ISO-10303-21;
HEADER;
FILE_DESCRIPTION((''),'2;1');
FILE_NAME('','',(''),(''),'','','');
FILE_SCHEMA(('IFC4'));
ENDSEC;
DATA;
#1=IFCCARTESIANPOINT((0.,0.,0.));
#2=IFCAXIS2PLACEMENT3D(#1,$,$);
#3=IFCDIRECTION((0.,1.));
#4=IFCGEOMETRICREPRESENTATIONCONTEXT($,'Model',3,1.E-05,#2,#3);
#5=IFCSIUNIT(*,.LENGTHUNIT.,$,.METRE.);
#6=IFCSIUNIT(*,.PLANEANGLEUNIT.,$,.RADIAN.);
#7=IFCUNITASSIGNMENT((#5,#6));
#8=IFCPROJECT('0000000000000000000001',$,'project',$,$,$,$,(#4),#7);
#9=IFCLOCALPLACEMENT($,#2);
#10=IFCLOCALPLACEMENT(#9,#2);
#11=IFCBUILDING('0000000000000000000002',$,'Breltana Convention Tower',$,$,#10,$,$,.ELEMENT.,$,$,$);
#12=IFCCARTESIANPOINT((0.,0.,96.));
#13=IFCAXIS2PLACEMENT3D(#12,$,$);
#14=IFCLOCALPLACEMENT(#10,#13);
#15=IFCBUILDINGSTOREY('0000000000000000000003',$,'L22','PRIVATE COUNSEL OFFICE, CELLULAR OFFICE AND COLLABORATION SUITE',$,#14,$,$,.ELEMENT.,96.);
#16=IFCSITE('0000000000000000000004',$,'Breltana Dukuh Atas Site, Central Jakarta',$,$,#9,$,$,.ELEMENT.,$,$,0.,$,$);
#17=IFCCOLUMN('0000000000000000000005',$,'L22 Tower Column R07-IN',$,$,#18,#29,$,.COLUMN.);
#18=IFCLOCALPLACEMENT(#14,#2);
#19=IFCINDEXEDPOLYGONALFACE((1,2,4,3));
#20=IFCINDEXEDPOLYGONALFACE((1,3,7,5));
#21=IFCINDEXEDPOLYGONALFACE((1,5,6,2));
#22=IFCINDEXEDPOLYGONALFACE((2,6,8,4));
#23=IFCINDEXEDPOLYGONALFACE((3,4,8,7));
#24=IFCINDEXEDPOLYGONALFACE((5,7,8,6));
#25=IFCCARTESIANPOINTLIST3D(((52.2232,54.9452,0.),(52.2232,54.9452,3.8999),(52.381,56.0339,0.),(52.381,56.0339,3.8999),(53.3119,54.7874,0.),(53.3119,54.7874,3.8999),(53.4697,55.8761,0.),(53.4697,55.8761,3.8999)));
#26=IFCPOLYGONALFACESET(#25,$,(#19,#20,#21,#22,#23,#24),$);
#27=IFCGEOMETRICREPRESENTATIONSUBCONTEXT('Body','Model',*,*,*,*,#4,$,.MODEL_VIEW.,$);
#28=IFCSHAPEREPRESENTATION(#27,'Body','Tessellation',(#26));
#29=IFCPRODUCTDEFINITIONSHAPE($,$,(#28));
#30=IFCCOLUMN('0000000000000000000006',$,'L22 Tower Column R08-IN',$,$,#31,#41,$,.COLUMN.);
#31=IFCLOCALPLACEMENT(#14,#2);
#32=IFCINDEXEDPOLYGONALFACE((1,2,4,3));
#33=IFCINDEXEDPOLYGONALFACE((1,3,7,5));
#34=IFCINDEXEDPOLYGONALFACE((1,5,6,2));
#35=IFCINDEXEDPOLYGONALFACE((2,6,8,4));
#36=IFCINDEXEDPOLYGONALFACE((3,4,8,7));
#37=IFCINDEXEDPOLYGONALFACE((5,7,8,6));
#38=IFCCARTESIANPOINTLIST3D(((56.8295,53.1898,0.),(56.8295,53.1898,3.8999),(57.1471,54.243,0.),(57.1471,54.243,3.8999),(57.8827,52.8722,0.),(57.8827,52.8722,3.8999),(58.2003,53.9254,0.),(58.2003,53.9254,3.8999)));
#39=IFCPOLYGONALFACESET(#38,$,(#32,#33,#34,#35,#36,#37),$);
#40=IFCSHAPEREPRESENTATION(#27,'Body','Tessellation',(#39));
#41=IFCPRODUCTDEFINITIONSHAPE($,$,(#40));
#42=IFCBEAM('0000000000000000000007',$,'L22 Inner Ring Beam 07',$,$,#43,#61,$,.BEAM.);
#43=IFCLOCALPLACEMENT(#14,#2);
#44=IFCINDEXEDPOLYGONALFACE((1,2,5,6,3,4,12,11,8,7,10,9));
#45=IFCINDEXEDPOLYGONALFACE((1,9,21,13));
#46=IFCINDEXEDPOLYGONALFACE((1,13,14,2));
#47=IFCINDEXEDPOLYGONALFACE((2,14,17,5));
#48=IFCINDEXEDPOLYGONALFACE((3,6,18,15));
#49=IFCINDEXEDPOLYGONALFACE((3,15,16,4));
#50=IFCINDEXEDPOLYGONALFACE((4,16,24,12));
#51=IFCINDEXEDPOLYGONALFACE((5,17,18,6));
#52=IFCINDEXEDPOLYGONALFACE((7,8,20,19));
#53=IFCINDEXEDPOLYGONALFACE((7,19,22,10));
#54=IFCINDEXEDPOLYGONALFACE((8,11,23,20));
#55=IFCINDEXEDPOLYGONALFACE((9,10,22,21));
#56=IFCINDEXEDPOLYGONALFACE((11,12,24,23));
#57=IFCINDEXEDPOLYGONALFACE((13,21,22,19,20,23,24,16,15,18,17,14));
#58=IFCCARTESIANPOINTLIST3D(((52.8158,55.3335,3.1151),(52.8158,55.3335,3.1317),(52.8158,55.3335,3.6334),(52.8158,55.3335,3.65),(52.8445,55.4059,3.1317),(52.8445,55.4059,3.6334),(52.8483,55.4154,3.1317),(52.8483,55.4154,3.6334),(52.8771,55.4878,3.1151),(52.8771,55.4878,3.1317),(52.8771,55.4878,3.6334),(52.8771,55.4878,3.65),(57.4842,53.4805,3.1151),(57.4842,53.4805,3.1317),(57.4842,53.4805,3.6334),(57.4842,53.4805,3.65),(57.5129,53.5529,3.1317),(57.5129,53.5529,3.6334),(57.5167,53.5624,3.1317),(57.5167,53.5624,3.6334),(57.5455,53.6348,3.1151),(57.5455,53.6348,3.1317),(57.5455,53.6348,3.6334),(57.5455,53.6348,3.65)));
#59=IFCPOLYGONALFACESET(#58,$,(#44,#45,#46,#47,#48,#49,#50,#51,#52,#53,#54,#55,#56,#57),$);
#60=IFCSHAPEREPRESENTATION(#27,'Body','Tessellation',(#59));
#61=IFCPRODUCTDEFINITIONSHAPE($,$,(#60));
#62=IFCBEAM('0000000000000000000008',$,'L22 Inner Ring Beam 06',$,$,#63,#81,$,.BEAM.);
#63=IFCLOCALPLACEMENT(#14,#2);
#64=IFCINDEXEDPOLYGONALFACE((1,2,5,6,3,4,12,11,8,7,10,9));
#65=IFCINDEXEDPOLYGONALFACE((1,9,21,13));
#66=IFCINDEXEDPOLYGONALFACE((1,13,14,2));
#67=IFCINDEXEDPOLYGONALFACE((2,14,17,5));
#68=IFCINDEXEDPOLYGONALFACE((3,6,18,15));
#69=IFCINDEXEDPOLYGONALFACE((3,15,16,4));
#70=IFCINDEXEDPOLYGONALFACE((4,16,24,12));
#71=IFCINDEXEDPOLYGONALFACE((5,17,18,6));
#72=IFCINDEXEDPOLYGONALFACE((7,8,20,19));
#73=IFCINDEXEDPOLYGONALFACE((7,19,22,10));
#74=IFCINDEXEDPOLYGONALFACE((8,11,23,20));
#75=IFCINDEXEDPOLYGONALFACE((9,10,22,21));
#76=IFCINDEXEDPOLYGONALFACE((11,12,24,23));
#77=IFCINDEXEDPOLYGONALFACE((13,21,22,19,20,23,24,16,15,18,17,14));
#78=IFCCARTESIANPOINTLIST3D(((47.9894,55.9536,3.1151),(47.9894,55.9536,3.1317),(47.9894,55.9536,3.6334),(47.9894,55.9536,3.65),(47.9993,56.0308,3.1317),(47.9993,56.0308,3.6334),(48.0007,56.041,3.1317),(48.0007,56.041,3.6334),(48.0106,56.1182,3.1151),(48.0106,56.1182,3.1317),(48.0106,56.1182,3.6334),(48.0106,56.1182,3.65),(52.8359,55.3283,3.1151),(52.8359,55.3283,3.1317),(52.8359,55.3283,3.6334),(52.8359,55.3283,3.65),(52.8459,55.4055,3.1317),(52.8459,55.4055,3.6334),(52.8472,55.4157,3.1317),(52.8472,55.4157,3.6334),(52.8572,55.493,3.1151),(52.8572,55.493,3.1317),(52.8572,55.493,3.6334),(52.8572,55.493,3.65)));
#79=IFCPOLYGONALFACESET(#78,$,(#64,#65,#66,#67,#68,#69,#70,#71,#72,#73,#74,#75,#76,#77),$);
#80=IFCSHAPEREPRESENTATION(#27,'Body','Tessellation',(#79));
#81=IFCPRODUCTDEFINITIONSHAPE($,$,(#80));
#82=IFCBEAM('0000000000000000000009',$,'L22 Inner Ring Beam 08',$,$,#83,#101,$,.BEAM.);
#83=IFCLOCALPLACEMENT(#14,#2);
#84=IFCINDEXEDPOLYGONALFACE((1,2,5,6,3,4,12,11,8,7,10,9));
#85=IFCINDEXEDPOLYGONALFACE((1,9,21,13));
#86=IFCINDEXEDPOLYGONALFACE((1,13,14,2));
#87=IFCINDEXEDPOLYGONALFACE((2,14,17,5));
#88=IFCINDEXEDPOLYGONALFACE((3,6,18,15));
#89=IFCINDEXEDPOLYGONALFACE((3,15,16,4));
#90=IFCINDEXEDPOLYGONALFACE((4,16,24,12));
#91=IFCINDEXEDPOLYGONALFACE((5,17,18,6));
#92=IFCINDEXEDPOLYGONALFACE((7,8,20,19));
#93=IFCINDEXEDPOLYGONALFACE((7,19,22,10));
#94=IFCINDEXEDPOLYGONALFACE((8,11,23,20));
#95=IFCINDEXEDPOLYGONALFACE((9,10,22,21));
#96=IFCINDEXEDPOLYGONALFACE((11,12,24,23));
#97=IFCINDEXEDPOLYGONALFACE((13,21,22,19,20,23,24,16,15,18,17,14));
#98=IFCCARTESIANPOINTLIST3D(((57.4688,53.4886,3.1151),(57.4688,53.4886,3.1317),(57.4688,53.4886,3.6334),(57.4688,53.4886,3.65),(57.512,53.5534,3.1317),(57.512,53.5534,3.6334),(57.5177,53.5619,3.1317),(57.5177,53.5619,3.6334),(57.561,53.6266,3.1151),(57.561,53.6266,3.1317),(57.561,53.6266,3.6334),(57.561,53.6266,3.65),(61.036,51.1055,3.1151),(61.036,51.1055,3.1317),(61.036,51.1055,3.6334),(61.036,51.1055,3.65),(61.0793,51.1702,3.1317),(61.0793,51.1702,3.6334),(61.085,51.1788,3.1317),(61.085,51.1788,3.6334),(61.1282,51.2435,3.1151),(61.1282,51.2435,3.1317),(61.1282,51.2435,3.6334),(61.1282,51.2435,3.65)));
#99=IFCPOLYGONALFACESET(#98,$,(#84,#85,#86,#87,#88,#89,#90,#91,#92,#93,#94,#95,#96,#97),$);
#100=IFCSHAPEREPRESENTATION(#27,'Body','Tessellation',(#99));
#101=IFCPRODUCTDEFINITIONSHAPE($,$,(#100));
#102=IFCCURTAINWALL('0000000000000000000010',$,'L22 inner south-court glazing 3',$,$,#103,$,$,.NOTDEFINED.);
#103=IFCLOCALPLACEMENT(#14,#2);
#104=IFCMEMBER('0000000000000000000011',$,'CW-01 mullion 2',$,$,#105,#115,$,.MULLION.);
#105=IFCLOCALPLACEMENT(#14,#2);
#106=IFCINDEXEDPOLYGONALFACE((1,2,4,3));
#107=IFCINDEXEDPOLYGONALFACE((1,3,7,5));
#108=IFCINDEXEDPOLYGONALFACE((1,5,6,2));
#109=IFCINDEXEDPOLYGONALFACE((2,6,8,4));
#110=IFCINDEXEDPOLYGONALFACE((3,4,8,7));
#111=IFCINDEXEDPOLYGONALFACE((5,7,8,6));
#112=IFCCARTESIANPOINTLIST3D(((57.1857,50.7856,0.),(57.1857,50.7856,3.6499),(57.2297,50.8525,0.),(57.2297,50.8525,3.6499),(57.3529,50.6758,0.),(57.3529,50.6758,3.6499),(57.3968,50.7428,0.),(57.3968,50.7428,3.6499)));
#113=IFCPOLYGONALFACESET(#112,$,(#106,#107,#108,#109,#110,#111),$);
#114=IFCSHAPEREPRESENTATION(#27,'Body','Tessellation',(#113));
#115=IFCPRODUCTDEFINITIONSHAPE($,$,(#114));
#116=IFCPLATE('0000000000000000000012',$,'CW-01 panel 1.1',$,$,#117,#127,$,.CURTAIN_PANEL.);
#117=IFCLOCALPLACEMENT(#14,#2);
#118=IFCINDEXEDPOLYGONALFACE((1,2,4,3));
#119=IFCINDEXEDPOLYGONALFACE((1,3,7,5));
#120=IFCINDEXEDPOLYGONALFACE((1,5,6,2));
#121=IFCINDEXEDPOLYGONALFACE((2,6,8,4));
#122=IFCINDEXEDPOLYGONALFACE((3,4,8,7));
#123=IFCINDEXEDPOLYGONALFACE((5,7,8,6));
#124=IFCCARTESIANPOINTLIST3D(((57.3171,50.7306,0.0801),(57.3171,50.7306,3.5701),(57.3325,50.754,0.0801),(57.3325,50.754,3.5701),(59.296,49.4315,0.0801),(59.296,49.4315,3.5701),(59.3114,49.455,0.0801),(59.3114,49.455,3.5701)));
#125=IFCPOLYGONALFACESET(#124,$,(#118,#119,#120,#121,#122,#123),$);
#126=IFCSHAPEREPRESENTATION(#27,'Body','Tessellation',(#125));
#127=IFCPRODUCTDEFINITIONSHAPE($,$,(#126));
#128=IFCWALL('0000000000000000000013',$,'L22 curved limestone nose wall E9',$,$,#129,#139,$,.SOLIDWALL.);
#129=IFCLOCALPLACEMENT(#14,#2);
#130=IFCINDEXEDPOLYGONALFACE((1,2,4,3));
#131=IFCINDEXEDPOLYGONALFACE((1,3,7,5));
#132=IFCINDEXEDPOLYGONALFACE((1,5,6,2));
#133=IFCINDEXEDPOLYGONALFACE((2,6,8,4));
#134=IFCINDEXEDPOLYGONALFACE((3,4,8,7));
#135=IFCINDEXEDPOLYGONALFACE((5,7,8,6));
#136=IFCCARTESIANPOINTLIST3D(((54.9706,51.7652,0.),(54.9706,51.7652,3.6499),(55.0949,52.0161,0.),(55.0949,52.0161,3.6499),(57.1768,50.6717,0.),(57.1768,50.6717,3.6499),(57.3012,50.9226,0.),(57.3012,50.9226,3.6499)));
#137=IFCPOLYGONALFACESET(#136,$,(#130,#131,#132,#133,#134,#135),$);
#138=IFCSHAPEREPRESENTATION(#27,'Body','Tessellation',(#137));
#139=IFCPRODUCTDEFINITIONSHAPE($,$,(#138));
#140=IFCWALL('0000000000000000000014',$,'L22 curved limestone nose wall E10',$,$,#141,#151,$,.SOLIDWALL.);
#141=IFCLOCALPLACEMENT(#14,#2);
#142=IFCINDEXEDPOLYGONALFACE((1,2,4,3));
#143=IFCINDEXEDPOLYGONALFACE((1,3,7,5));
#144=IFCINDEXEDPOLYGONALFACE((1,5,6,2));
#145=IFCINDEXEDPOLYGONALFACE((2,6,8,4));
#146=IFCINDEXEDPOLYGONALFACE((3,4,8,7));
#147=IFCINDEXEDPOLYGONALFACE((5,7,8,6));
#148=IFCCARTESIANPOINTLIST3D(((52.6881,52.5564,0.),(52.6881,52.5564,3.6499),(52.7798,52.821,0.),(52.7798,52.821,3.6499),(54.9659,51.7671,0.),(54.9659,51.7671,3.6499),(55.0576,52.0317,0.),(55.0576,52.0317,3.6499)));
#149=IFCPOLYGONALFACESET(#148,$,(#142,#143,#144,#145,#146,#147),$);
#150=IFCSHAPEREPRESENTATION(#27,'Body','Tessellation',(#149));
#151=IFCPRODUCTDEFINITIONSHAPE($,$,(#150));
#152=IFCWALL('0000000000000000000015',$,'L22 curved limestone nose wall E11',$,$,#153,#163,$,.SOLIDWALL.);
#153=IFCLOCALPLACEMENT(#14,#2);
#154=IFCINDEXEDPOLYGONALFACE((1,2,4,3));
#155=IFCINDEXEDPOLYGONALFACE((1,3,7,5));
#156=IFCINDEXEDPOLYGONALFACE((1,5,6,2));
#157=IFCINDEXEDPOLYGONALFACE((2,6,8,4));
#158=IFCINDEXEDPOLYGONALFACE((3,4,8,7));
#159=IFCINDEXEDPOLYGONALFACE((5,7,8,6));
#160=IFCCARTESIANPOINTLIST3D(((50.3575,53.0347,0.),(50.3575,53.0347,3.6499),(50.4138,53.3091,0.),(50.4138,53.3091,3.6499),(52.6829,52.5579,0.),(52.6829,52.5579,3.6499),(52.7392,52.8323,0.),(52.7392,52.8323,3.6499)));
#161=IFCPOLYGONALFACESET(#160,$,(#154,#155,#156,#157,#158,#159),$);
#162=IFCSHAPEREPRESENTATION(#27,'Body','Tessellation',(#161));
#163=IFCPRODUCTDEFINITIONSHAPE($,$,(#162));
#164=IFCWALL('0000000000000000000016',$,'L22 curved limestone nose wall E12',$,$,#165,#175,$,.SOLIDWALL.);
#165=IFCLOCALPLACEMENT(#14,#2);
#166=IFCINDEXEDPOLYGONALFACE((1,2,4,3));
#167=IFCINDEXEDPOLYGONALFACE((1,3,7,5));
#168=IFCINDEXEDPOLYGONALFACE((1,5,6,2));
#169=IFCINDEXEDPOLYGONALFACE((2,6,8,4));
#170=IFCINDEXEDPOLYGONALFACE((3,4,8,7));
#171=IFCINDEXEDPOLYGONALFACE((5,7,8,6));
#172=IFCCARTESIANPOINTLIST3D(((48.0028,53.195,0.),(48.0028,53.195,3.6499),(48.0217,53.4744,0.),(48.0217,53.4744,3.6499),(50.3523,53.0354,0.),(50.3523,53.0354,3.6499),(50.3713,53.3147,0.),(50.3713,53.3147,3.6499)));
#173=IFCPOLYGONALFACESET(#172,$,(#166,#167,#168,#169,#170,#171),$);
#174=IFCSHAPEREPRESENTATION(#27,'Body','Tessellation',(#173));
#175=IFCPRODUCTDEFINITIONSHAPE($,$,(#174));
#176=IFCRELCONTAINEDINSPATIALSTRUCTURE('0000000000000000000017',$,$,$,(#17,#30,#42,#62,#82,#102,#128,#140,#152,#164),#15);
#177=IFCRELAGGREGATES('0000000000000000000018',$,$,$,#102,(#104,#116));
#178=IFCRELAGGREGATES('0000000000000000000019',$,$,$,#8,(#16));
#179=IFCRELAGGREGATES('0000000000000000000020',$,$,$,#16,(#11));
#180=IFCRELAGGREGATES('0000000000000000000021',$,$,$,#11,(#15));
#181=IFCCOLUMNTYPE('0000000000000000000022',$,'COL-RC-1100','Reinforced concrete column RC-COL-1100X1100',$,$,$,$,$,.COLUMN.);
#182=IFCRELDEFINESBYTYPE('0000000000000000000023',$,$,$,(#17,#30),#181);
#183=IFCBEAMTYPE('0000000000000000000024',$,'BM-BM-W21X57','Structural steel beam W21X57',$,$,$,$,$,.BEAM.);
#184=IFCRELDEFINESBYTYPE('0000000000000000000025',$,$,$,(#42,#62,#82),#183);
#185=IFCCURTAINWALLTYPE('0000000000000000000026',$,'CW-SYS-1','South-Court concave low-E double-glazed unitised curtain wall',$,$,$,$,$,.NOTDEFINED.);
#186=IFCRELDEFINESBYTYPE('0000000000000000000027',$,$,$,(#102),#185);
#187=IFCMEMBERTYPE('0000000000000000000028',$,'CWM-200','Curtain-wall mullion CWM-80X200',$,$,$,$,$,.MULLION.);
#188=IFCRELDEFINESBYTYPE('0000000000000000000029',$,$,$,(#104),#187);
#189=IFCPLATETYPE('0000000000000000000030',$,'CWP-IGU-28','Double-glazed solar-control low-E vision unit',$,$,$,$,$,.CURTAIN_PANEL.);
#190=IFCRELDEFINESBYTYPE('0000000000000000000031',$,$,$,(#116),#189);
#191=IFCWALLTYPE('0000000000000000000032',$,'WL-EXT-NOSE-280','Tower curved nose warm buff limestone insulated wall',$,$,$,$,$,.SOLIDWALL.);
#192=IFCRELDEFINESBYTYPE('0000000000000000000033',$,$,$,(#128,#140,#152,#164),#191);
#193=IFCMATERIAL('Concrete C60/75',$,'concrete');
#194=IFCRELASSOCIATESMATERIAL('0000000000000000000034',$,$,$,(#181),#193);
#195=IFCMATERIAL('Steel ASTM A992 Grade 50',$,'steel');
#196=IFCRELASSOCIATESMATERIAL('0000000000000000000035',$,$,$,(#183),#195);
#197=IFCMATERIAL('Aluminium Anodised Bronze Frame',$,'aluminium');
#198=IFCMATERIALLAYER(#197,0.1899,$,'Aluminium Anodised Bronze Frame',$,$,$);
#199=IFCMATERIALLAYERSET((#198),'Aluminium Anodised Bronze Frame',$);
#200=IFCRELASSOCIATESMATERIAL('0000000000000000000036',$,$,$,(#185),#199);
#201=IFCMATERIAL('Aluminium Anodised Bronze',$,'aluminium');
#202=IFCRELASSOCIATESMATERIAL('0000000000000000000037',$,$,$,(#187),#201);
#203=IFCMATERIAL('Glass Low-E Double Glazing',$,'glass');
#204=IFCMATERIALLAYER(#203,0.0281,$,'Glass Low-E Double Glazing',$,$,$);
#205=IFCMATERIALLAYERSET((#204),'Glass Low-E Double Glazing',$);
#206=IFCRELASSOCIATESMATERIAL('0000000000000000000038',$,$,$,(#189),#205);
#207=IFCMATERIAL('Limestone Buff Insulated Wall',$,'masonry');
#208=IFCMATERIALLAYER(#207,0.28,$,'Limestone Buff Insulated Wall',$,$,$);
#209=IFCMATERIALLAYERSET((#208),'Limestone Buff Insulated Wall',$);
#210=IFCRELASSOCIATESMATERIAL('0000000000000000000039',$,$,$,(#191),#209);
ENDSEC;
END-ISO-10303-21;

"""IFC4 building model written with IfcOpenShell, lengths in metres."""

from ifc_helpers import new_model, si_unit, direction, frame, frame_2d, origin, origin_2d, place, context, subcontext, project, spatial, rectangle, i_section, extrude, source, transform, mapped, material, layer, layer_set, material_profile, profile_set, type_object, element, aggregate, save


model = new_model("IFC4")

# Units and contexts
model_context = context("Model", 3, precision=1e-05, world=origin(), true_north=direction((0.0, 1.0)))
body_context = subcontext(model_context, "Body", "Model", "MODEL_VIEW")
ifc_project = project(units=[si_unit("LENGTHUNIT", "METRE"), si_unit("PLANEANGLEUNIT", "RADIAN")], contexts=[model_context])

# Site, building, storey
site_placement = place(None, origin())
site = spatial("IfcSite", under=ifc_project, at=site_placement, Name="Breltana Dukuh Atas Site, Central Jakarta", CompositionType="ELEMENT", RefElevation=0.0)
building_placement = place(site_placement, origin())
building = spatial("IfcBuilding", under=site, at=building_placement, Name="Breltana Convention Tower", CompositionType="ELEMENT")
storey_placement = place(building_placement, frame((0.0, 0.0, 96.0)))
storey = spatial("IfcBuildingStorey", under=building, at=storey_placement, Name="L22", Description="PRIVATE COUNSEL OFFICE, CELLULAR OFFICE AND COLLABORATION SUITE", CompositionType="ELEMENT", Elevation=96.0)

# Columns
ifc_material_1 = material(Name="Concrete C60/75", Category="concrete")
ifc_material_profile_1 = material_profile(ifc_material_1, rectangle(XDim=1.1001, YDim=1.1001, at=origin_2d()), Name="RC-COL-1100X1100")
ifc_profile_set_1 = profile_set([ifc_material_profile_1], Name="Concrete C60/75")
column_type = type_object("IfcColumnType", Name="COL-RC-1100", Description="Reinforced concrete column RC-COL-1100X1100", PredefinedType="COLUMN", material=ifc_profile_set_1)
shared_shape_1 = source(origin(), body_context, "Body", "SweptSolid", [
    extrude(rectangle(XDim=1.1001, YDim=1.1001, at=origin_2d()), origin(), (0.0, 0.0, 1.0), 3.8999),
])
for number, where, z_axis, x_axis, name in (
    (1, (52.8464, 55.4106, 0.0), (0.0, 0.0, 1.0), (0.143493, 0.989651, 0.0), "L22 Tower Column R07-IN"),
    (2, (57.5149, 53.5576, 0.0), (0.0, 0.0, 1.0), (0.288698, 0.95742, 0.0), "L22 Tower Column R08-IN"),
):
    element("IfcColumn", number, at=place(storey_placement, frame(where, z_axis=z_axis, x_axis=x_axis)), inside=storey, type_object=column_type, Name=name, PredefinedType="COLUMN", context=body_context, shape_type="MappedRepresentation", body=[
        mapped(shared_shape_1, transform((0.0, 0.0, 0.0), scale=1.0)),
    ])

# Beams
ifc_material_2 = material(Name="Steel ASTM A992 Grade 50", Category="steel")
ifc_material_profile_2 = material_profile(ifc_material_2, i_section(OverallWidth=0.166, OverallDepth=0.5349, WebThickness=0.0103, FlangeThickness=0.0166, at=origin_2d()), Name="W21X57")
ifc_profile_set_2 = profile_set([ifc_material_profile_2], Name="Steel ASTM A992 Grade 50")
beam_type = type_object("IfcBeamType", Name="BM-BM-W21X57", Description="Structural steel beam W21X57", PredefinedType="BEAM", material=ifc_profile_set_2)
shared_shape_2 = source(origin(), body_context, "Body", "SweptSolid", [
    extrude(i_section(OverallWidth=0.166, OverallDepth=0.5349, WebThickness=0.0103, FlangeThickness=0.0166, at=origin_2d()), origin(), (0.0, 0.0, 1.0), 5.0227),
])
beam_1_placement = place(storey_placement, frame((52.8464, 55.4106, 3.3826), z_axis=(0.929459, -0.368926, 0.0), x_axis=(0.368926, 0.929459, 0.0)))
element("IfcBeam", 3, at=beam_1_placement, inside=storey, type_object=beam_type, Name="L22 Inner Ring Beam 07", PredefinedType="BEAM", context=body_context, shape_type="MappedRepresentation", body=[
    mapped(shared_shape_2, transform((0.0, 0.0, 0.0), scale=1.0)),
])
shared_shape_3 = source(origin(), body_context, "Body", "SweptSolid", [
    extrude(i_section(OverallWidth=0.166, OverallDepth=0.5349, WebThickness=0.0103, FlangeThickness=0.0166, at=origin_2d()), origin(), (0.0, 0.0, 1.0), 4.8867),
])
beam_2_placement = place(storey_placement, frame((48.0, 56.0359, 3.3826), z_axis=(0.991781, -0.127951, 0.0), x_axis=(0.127951, 0.991781, 0.0)))
element("IfcBeam", 4, at=beam_2_placement, inside=storey, type_object=beam_type, Name="L22 Inner Ring Beam 06", PredefinedType="BEAM", context=body_context, shape_type="MappedRepresentation", body=[
    mapped(shared_shape_3, transform((0.0, 0.0, 0.0), scale=1.0)),
])
shared_shape_4 = source(origin(), body_context, "Body", "SweptSolid", [
    extrude(i_section(OverallWidth=0.166, OverallDepth=0.5349, WebThickness=0.0103, FlangeThickness=0.0166, at=origin_2d()), origin(), (0.0, 0.0, 1.0), 4.29),
])
beam_3_placement = place(storey_placement, frame((57.5149, 53.5576, 3.3826), z_axis=(0.831516, -0.555501, 0.0), x_axis=(0.555501, 0.831516, 0.0)))
element("IfcBeam", 5, at=beam_3_placement, inside=storey, type_object=beam_type, Name="L22 Inner Ring Beam 08", PredefinedType="BEAM", context=body_context, shape_type="MappedRepresentation", body=[
    mapped(shared_shape_4, transform((0.0, 0.0, 0.0), scale=1.0)),
])

# Curtain wall, member, plate
ifc_material_3 = material(Name="Aluminium Anodised Bronze Frame", Category="aluminium")
ifc_layer_1 = layer(ifc_material_3, 0.1899, Name="Aluminium Anodised Bronze Frame")
ifc_layer_set_1 = layer_set([ifc_layer_1], Name="Aluminium Anodised Bronze Frame")
curtain_wall_type = type_object("IfcCurtainWallType", Name="CW-SYS-1", Description="South-Court concave low-E double-glazed unitised curtain wall", PredefinedType="NOTDEFINED", material=ifc_layer_set_1)
curtain_wall_placement = place(storey_placement, origin())
curtain_wall = element("IfcCurtainWall", 6, at=curtain_wall_placement, inside=storey, type_object=curtain_wall_type, Name="L22 inner south-court glazing 3", PredefinedType="NOTDEFINED")
ifc_material_4 = material(Name="Aluminium Anodised Bronze", Category="aluminium")
ifc_material_profile_3 = material_profile(ifc_material_4, rectangle(XDim=0.0801, YDim=0.2, at=origin_2d()), Name="CWM-80X200")
ifc_profile_set_3 = profile_set([ifc_material_profile_3], Name="Aluminium Anodised Bronze")
member_type = type_object("IfcMemberType", Name="CWM-200", Description="Curtain-wall mullion CWM-80X200", PredefinedType="MULLION", material=ifc_profile_set_3)
shared_shape_5 = source(origin(), body_context, "Body", "SweptSolid", [
    extrude(rectangle(XDim=0.0801, YDim=0.2, at=origin_2d()), origin(), (0.0, 0.0, 1.0), 3.6499),
])
member_placement = place(storey_placement, frame((57.2913, 50.7642, 0.0), z_axis=(0.0, 0.0, 1.0), x_axis=(-0.548778, -0.835968, 0.0)))
member = element("IfcMember", 7, at=member_placement, type_object=member_type, Name="CW-01 mullion 2", PredefinedType="MULLION", context=body_context, shape_type="MappedRepresentation", body=[
    mapped(shared_shape_5, transform((0.0, 0.0, 0.0), scale=1.0)),
])
ifc_material_5 = material(Name="Glass Low-E Double Glazing", Category="glass")
ifc_layer_2 = layer(ifc_material_5, 0.0281, Name="Glass Low-E Double Glazing")
ifc_layer_set_2 = layer_set([ifc_layer_2], Name="Glass Low-E Double Glazing")
plate_type = type_object("IfcPlateType", Name="CWP-IGU-28", Description="Double-glazed solar-control low-E vision unit", PredefinedType="CURTAIN_PANEL", material=ifc_layer_set_2)
shared_shape_6 = source(origin(), body_context, "Body", "SweptSolid", [
    extrude(rectangle(XDim=2.3672, YDim=0.0281, at=origin_2d()), origin(), (0.0, 0.0, 1.0), 3.49),
])
plate_placement = place(storey_placement, frame((58.3142, 50.0928, 0.0801), z_axis=(0.0, 0.0, 1.0), x_axis=(-0.835968, 0.548778, 0.0)))
plate = element("IfcPlate", 8, at=plate_placement, type_object=plate_type, Name="CW-01 panel 1.1", PredefinedType="CURTAIN_PANEL", context=body_context, shape_type="MappedRepresentation", body=[
    mapped(shared_shape_6, transform((0.0, 0.0, 0.0), scale=1.0)),
])
aggregate(curtain_wall, [member, plate])

# Walls
ifc_material_6 = material(Name="Limestone Buff Insulated Wall", Category="masonry")
ifc_layer_3 = layer(ifc_material_6, 0.28, Name="Limestone Buff Insulated Wall")
ifc_layer_set_3 = layer_set([ifc_layer_3], Name="Limestone Buff Insulated Wall")
wall_type_1 = type_object("IfcWallType", Name="WL-EXT-NOSE-280", Description="Tower curved nose warm buff limestone insulated wall", PredefinedType="SOLIDWALL", material=ifc_layer_set_3)
shared_shape_7 = source(origin(), body_context, "Body", "SweptSolid", [
    extrude(rectangle(XDim=2.4624, YDim=0.28, at=frame_2d((1.2312, 0.0))), origin(), (0.0, 0.0, 1.0), 3.6499),
])
wall_1_placement = place(storey_placement, frame((57.239, 50.7971, 0.0), z_axis=(0.0, 0.0, 1.0), x_axis=(-0.895988, 0.444078, 0.0)))
element("IfcWall", 9, at=wall_1_placement, inside=storey, type_object=wall_type_1, Name="L22 curved limestone nose wall E9", PredefinedType="SOLIDWALL", context=body_context, shape_type="MappedRepresentation", body=[
    mapped(shared_shape_7, transform((0.0, 0.0, 0.0), scale=1.0)),
])
shared_shape_8 = source(origin(), body_context, "Body", "SweptSolid", [
    extrude(rectangle(XDim=2.4106, YDim=0.28, at=frame_2d((1.2053, 0.0))), origin(), (0.0, 0.0, 1.0), 3.6499),
])
wall_2_placement = place(storey_placement, frame((55.0117, 51.8994, 0.0), z_axis=(0.0, 0.0, 1.0), x_axis=(-0.94488, 0.327417, 0.0)))
element("IfcWall", 10, at=wall_2_placement, inside=storey, type_object=wall_type_1, Name="L22 curved limestone nose wall E10", PredefinedType="SOLIDWALL", context=body_context, shape_type="MappedRepresentation", body=[
    mapped(shared_shape_8, transform((0.0, 0.0, 0.0), scale=1.0)),
])
shared_shape_9 = source(origin(), body_context, "Body", "SweptSolid", [
    extrude(rectangle(XDim=2.3738, YDim=0.28, at=frame_2d((1.187, 0.0))), origin(), (0.0, 0.0, 1.0), 3.6499),
])
wall_3_placement = place(storey_placement, frame((52.7112, 52.6951, 0.0), z_axis=(0.0, 0.0, 1.0), x_axis=(-0.97962, 0.200861, 0.0)))
element("IfcWall", 11, at=wall_3_placement, inside=storey, type_object=wall_type_1, Name="L22 curved limestone nose wall E11", PredefinedType="SOLIDWALL", context=body_context, shape_type="MappedRepresentation", body=[
    mapped(shared_shape_9, transform((0.0, 0.0, 0.0), scale=1.0)),
])
shared_shape_10 = source(origin(), body_context, "Body", "SweptSolid", [
    extrude(rectangle(XDim=2.355, YDim=0.28, at=frame_2d((1.1775, 0.0))), origin(), (0.0, 0.0, 1.0), 3.6499),
])
wall_4_placement = place(storey_placement, frame((50.3618, 53.175, 0.0), z_axis=(0.0, 0.0, 1.0), x_axis=(-0.997699, 0.067799, 0.0)))
element("IfcWall", 12, at=wall_4_placement, inside=storey, type_object=wall_type_1, Name="L22 curved limestone nose wall E12", PredefinedType="SOLIDWALL", context=body_context, shape_type="MappedRepresentation", body=[
    mapped(shared_shape_10, transform((0.0, 0.0, 0.0), scale=1.0)),
])

save(model, "model.ifc")
